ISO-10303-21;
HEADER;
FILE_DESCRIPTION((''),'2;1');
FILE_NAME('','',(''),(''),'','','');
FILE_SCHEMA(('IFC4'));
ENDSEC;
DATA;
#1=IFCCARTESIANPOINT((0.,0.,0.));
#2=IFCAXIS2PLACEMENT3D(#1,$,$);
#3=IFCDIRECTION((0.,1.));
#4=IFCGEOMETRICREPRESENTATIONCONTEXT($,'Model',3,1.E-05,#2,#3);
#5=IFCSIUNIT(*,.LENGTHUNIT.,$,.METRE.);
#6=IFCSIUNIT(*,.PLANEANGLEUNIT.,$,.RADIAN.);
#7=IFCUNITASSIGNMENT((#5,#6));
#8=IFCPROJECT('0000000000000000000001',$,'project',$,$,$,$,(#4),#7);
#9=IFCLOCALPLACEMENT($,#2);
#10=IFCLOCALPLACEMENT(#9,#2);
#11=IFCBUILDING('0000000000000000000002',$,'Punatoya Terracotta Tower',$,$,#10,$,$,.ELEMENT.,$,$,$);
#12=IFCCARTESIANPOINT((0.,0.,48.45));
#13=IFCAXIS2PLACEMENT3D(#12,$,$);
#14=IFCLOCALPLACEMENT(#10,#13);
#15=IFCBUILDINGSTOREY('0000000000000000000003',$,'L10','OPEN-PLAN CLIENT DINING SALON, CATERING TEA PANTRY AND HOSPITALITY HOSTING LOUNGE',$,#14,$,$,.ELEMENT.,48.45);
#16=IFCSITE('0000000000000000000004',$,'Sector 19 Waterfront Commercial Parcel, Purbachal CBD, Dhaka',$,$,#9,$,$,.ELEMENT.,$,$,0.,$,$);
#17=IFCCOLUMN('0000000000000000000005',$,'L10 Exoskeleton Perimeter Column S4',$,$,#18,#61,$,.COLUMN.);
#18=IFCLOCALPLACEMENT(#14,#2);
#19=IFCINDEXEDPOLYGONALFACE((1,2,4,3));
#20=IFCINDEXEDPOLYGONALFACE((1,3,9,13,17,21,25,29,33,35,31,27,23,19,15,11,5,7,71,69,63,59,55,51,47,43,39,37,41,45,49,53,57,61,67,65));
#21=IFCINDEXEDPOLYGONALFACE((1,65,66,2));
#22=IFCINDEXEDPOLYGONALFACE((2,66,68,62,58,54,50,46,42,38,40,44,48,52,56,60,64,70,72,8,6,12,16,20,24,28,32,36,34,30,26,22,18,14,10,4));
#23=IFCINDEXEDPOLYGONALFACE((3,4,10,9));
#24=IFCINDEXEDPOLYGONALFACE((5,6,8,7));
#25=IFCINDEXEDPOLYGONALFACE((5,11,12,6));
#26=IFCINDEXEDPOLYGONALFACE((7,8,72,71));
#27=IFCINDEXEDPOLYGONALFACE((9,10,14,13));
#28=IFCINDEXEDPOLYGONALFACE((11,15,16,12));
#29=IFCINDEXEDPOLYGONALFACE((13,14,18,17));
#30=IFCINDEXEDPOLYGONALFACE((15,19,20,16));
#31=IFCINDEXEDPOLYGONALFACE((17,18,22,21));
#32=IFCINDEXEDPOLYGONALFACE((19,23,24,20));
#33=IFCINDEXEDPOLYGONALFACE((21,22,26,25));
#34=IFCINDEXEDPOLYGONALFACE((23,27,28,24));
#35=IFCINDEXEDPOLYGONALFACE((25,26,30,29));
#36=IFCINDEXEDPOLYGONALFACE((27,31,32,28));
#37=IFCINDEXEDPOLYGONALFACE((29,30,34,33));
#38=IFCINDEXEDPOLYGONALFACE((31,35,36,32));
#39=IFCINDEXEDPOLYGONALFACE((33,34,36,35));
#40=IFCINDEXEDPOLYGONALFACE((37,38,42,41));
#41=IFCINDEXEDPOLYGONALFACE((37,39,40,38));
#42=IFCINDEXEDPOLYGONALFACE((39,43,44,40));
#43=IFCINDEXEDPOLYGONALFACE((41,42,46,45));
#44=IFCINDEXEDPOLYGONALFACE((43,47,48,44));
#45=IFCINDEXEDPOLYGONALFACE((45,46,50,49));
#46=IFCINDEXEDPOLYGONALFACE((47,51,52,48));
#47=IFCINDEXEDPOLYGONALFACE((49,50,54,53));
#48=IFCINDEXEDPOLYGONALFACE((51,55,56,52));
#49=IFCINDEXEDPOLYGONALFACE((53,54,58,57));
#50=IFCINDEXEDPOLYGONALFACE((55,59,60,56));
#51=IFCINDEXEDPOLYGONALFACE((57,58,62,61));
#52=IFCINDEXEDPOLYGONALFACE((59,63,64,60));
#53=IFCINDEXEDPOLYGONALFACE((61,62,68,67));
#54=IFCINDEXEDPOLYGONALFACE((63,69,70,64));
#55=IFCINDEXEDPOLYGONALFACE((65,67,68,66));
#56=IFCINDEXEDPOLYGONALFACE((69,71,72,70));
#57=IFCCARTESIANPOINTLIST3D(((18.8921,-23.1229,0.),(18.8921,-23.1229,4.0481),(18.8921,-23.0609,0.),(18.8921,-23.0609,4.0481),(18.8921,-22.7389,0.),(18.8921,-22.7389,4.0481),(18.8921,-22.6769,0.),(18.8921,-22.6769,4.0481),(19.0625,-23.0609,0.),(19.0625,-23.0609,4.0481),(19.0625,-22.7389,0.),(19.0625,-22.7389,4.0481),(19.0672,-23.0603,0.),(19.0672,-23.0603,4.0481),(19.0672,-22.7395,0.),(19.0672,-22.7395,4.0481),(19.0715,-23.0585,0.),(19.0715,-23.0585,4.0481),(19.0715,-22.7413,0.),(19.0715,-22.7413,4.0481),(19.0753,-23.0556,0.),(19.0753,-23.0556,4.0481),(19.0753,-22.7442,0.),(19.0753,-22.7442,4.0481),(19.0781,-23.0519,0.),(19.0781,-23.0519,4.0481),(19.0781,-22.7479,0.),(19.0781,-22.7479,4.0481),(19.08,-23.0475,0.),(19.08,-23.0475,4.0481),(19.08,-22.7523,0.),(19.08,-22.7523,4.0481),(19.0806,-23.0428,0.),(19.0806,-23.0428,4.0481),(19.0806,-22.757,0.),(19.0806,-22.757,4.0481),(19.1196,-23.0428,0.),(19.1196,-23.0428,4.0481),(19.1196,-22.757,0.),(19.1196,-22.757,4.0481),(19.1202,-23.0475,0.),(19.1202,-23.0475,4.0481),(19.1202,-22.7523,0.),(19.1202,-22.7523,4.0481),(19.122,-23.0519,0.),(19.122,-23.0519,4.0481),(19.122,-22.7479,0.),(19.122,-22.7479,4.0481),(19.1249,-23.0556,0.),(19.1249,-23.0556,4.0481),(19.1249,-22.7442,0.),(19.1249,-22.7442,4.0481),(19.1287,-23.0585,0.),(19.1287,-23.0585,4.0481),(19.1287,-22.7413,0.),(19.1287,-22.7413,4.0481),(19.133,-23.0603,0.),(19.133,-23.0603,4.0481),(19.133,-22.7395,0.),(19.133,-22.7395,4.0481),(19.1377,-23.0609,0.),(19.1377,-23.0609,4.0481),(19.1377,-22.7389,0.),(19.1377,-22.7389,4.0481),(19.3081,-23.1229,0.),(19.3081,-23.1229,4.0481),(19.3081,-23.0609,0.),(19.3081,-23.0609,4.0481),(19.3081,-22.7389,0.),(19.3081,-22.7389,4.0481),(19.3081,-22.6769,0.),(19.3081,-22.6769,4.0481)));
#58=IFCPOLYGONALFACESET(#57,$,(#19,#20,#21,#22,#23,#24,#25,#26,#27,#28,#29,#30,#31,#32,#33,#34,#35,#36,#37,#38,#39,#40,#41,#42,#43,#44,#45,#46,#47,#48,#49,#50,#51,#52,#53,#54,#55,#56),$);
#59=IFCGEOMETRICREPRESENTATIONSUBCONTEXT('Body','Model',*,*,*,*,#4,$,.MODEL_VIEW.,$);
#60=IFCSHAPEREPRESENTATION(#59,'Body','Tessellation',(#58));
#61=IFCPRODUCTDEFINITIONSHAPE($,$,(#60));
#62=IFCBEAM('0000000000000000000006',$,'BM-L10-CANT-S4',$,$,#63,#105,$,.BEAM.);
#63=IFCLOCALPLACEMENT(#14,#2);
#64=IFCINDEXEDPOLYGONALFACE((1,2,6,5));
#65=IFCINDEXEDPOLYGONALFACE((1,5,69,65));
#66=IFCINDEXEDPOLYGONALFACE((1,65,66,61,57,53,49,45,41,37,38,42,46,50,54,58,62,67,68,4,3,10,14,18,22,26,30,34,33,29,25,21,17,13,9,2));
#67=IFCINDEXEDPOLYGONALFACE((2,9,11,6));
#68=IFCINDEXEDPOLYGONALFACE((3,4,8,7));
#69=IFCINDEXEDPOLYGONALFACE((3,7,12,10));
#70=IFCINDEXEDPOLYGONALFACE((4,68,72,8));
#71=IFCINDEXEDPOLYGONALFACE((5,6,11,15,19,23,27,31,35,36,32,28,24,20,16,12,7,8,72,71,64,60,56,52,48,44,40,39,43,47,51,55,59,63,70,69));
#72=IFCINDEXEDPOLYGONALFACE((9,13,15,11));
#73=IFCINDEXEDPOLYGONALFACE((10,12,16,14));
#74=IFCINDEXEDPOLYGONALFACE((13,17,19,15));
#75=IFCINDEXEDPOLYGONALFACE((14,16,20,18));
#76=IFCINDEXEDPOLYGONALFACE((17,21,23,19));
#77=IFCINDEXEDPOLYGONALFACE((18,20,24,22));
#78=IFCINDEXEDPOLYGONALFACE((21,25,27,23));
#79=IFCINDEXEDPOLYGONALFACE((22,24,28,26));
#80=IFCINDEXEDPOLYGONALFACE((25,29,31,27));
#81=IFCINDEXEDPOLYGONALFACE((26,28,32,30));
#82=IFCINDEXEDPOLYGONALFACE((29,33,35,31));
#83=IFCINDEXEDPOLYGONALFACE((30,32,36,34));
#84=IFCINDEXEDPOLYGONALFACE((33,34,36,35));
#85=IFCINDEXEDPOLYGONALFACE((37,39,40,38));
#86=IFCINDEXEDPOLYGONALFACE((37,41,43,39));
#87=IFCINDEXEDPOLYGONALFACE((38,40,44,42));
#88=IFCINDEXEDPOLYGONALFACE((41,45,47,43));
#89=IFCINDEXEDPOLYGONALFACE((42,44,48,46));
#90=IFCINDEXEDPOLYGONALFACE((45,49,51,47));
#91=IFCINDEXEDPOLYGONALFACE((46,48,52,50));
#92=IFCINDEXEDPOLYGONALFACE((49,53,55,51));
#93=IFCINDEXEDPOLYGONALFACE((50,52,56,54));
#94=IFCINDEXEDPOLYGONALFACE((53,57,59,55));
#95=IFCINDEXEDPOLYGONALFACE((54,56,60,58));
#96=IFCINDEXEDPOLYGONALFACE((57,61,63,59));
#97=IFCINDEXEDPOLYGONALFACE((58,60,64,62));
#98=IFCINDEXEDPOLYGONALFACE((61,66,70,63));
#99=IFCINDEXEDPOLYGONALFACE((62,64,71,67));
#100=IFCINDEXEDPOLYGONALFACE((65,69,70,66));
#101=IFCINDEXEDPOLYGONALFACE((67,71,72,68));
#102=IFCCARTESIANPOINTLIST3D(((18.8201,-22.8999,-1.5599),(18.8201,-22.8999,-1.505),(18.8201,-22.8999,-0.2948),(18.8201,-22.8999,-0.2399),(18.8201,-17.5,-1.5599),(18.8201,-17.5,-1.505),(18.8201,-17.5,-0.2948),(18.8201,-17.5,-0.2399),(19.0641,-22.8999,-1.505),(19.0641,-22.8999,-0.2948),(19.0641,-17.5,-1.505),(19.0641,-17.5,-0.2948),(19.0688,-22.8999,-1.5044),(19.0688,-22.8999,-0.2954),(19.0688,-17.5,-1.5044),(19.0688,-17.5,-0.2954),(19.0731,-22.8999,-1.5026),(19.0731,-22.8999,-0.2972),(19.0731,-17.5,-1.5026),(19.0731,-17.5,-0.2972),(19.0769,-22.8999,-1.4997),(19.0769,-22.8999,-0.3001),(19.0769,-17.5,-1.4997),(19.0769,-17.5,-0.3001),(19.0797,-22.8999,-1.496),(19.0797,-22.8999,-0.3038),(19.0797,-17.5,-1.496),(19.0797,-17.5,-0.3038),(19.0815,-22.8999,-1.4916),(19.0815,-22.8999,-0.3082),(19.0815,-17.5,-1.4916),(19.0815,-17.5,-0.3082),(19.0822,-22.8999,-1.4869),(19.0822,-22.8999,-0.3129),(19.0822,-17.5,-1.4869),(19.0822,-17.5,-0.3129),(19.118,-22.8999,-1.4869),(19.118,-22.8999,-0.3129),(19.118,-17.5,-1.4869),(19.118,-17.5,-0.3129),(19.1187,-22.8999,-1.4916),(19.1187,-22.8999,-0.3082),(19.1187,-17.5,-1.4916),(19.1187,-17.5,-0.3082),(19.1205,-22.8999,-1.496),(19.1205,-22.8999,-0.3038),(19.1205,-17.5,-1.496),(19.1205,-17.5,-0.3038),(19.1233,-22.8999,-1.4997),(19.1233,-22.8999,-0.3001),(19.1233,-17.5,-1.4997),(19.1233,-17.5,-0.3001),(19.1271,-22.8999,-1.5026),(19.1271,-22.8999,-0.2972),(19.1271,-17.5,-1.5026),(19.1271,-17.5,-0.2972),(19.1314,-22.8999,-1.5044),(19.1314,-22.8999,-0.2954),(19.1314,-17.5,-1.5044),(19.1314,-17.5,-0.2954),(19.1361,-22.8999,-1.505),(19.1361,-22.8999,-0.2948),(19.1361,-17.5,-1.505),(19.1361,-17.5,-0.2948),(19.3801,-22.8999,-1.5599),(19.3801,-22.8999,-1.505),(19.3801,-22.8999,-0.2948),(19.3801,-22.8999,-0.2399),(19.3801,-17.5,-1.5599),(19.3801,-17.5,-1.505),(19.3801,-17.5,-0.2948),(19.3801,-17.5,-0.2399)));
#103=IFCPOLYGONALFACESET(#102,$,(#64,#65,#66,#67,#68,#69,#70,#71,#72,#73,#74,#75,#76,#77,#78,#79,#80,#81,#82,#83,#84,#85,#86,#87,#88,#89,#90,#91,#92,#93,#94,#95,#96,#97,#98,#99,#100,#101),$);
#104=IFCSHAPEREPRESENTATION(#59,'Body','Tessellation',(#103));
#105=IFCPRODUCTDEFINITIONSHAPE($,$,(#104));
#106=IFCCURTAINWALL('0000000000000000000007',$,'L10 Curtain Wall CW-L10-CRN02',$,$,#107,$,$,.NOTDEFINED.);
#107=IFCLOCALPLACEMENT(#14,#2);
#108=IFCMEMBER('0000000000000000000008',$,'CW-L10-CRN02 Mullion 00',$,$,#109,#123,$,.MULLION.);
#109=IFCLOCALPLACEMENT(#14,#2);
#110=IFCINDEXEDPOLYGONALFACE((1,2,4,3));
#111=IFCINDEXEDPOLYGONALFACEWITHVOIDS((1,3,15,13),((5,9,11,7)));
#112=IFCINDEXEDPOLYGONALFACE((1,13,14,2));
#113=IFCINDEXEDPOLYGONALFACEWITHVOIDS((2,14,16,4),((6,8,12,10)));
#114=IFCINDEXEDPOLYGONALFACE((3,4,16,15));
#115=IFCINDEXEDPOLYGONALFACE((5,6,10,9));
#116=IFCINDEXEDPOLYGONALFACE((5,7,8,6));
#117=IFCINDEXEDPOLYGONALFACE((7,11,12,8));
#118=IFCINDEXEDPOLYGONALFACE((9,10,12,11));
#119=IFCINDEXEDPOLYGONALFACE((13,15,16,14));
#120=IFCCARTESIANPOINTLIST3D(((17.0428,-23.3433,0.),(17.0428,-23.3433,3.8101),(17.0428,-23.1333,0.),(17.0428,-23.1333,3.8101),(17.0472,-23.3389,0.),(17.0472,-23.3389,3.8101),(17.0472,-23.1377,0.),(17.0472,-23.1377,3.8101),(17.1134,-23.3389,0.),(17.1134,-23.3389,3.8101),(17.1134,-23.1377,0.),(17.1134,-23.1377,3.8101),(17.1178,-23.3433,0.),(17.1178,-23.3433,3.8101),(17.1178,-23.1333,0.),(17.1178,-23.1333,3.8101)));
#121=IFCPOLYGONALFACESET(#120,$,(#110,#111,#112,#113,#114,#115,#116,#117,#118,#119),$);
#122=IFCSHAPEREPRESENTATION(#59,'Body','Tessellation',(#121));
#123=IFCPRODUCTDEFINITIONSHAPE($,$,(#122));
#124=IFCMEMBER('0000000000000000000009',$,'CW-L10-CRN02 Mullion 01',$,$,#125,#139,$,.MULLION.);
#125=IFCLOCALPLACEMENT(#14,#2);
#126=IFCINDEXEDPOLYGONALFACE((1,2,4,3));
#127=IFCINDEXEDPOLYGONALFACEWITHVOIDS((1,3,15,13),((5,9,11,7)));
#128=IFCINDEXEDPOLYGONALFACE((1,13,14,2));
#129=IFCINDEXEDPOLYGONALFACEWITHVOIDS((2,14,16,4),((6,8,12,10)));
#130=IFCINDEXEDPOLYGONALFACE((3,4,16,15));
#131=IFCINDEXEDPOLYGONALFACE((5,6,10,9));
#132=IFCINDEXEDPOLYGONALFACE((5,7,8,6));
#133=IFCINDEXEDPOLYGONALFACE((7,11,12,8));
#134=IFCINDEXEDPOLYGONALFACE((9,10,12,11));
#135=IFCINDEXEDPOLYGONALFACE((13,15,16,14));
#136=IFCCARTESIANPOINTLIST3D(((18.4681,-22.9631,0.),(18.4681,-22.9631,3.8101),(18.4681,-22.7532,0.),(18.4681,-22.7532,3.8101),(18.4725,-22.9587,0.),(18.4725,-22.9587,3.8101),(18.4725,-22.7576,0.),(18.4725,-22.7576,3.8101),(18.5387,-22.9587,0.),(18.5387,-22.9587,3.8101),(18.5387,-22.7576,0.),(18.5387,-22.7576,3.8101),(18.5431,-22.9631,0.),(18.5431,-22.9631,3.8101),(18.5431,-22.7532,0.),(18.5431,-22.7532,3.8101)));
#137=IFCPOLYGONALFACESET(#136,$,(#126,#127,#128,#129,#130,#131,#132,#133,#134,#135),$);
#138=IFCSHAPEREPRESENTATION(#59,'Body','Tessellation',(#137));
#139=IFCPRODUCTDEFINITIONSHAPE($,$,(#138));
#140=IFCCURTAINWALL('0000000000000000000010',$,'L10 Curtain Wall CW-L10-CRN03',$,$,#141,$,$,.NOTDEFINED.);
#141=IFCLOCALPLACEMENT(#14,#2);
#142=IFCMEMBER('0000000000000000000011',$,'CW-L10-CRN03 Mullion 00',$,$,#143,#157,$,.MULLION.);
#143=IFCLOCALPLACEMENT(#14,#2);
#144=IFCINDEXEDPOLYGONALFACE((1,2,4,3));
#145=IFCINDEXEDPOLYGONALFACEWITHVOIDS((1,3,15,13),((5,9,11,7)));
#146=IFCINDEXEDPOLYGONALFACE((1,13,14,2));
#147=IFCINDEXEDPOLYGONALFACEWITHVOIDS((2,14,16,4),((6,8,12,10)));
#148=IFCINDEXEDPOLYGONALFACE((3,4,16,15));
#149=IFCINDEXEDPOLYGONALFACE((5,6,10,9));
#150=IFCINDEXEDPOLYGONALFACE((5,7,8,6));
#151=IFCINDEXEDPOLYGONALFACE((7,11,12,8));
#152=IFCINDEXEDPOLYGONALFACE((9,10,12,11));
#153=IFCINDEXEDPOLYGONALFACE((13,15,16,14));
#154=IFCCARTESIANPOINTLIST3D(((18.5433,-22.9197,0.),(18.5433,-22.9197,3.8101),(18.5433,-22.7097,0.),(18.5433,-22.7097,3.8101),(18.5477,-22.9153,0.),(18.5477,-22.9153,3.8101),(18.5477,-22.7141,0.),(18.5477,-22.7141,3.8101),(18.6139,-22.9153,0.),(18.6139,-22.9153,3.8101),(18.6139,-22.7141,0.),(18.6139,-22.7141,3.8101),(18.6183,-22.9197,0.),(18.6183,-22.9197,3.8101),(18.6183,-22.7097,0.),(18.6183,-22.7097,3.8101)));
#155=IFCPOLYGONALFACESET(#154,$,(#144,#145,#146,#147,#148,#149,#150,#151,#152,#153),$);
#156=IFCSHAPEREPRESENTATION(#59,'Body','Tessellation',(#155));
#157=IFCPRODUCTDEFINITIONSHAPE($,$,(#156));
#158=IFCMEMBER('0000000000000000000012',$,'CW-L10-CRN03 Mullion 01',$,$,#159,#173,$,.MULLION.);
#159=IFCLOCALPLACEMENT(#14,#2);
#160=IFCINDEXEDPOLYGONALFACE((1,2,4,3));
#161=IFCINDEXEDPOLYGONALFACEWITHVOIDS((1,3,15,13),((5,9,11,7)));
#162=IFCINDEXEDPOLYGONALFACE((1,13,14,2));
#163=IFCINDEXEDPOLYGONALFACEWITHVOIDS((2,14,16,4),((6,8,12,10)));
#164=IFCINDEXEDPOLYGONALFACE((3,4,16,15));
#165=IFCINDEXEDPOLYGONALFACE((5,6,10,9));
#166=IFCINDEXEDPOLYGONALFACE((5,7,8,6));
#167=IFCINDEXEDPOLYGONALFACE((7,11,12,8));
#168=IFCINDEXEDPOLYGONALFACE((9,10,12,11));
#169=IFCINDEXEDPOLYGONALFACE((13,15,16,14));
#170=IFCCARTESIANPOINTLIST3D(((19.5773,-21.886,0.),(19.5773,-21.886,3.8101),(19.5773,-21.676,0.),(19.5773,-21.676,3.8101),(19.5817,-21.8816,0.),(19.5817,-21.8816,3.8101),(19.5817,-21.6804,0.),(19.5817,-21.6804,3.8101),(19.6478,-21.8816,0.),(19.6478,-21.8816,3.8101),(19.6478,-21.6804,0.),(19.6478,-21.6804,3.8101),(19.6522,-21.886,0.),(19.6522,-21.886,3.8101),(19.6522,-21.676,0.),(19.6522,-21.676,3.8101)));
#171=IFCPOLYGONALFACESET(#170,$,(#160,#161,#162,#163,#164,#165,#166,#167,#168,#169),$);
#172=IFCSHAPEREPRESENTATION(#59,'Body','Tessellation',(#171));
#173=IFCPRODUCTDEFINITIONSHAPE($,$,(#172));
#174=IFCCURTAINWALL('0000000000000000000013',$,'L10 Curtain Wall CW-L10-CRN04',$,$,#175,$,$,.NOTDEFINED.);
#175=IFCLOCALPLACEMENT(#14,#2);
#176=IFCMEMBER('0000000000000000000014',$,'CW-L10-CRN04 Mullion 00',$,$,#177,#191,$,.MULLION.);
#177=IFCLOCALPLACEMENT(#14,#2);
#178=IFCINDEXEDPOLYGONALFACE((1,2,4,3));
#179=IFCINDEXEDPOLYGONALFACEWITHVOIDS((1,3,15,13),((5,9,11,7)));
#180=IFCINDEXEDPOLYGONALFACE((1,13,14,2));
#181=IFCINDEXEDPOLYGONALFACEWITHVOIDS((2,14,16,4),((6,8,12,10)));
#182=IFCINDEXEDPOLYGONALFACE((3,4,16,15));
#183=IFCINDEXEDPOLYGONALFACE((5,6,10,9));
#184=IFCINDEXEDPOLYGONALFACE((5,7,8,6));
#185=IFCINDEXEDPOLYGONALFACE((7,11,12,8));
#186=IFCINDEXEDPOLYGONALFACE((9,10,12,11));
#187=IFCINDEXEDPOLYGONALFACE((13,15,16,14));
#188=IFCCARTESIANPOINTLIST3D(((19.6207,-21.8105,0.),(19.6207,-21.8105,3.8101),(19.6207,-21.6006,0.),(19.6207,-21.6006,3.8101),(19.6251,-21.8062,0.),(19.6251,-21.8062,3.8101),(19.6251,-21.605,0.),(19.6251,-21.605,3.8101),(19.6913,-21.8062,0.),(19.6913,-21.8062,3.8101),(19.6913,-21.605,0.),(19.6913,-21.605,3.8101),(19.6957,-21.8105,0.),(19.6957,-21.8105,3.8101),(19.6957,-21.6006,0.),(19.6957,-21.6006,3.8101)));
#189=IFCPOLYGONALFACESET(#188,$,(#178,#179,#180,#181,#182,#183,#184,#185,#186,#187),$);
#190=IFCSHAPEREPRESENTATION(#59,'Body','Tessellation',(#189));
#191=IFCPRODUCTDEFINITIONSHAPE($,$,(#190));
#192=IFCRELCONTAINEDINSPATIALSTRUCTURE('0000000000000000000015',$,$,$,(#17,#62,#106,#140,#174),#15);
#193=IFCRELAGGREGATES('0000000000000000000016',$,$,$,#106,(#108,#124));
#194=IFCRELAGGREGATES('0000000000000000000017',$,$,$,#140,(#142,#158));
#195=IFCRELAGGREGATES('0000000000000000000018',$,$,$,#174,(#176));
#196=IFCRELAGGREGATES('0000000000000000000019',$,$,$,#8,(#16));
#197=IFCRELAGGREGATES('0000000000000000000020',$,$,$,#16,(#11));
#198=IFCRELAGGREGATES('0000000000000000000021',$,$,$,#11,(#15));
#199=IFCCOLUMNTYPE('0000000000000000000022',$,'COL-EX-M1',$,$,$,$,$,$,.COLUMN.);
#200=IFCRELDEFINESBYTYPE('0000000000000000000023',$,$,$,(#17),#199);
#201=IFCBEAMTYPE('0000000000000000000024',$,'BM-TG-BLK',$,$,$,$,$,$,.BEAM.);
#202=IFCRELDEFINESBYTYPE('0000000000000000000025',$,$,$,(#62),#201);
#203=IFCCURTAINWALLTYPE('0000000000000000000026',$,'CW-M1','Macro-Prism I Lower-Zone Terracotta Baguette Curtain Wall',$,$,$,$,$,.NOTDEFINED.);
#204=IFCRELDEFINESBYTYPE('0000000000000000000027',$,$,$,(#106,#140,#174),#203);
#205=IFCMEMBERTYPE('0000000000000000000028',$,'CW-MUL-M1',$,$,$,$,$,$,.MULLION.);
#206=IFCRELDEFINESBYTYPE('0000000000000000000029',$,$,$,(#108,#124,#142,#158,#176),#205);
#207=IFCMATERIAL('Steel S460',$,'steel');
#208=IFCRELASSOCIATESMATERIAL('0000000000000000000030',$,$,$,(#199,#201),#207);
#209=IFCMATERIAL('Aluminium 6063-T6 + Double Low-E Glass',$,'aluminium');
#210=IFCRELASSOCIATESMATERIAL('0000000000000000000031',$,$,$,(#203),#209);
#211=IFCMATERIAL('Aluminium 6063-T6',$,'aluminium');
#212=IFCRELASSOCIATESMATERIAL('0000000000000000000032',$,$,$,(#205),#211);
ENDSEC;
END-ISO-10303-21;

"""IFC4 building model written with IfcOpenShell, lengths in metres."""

from ifc_helpers import new_model, si_unit, direction, frame, origin, origin_2d, place, context, subcontext, project, spatial, hollow_rectangle, i_section, extrude, material, material_profile, profile_set, type_object, element, aggregate, save


model = new_model("IFC4")

# Units and contexts
model_context = context("Model", 3, precision=1e-05, world=origin(), true_north=direction((0.0, 1.0)))
body_context = subcontext(model_context, "Body", "Model", "MODEL_VIEW")
ifc_project = project(units=[si_unit("LENGTHUNIT", "METRE"), si_unit("PLANEANGLEUNIT", "RADIAN")], contexts=[model_context])

# Site, building, storey
site_placement = place(None, origin())
site = spatial("IfcSite", under=ifc_project, at=site_placement, Name="Sector 19 Waterfront Commercial Parcel, Purbachal CBD, Dhaka", CompositionType="ELEMENT", RefElevation=0.0)
building_placement = place(site_placement, origin())
building = spatial("IfcBuilding", under=site, at=building_placement, Name="Punatoya Terracotta Tower", CompositionType="ELEMENT")
storey_placement = place(building_placement, frame((0.0, 0.0, 48.45)))
storey = spatial("IfcBuildingStorey", under=building, at=storey_placement, Name="L10", Description="OPEN-PLAN CLIENT DINING SALON, CATERING TEA PANTRY AND HOSPITALITY HOSTING LOUNGE", CompositionType="ELEMENT", Elevation=48.45)

# Column
ifc_material_1 = material(Name="Steel S460", Category="steel")
ifc_material_profile_1 = material_profile(ifc_material_1, i_section(OverallWidth=0.416, OverallDepth=0.446, WebThickness=0.0391, FlangeThickness=0.062, FilletRadius=0.0181, at=origin_2d()))
ifc_profile_set_1 = profile_set([ifc_material_profile_1], Name="Steel S460")
column_type = type_object("IfcColumnType", Name="COL-EX-M1", PredefinedType="COLUMN", material=ifc_profile_set_1)
column_placement = place(storey_placement, frame((19.1001, -22.8999, 0.0), z_axis=(0.0, 0.0, 1.0), x_axis=(1.0, 0.0, 0.0)))
element("IfcColumn", 1, at=column_placement, inside=storey, type_object=column_type, Name="L10 Exoskeleton Perimeter Column S4", PredefinedType="COLUMN", context=body_context, shape_type="SweptSolid", body=[
    extrude(i_section(OverallWidth=0.416, OverallDepth=0.446, WebThickness=0.0391, FlangeThickness=0.062, FilletRadius=0.0181, at=origin_2d()), origin(), (0.0, 0.0, 1.0), 4.0481),
])

# Beam
ifc_material_profile_2 = material_profile(ifc_material_1, i_section(OverallWidth=0.5601, OverallDepth=1.3201, WebThickness=0.0359, FlangeThickness=0.0549, FilletRadius=0.0181, at=origin_2d()))
ifc_profile_set_2 = profile_set([ifc_material_profile_2], Name="Steel S460")
beam_type = type_object("IfcBeamType", Name="BM-TG-BLK", PredefinedType="BEAM", material=ifc_profile_set_2)
beam_placement = place(storey_placement, frame((19.1001, -22.8999, -0.8999), z_axis=(0.0, 1.0, 0.0), x_axis=(-1.0, 0.0, 0.0)))
element("IfcBeam", 2, at=beam_placement, inside=storey, type_object=beam_type, Name="BM-L10-CANT-S4", PredefinedType="BEAM", context=body_context, shape_type="SweptSolid", body=[
    extrude(i_section(OverallWidth=0.5601, OverallDepth=1.3201, WebThickness=0.0359, FlangeThickness=0.0549, FilletRadius=0.0181, at=origin_2d()), origin(), (0.0, 0.0, 1.0), 5.3999),
])

# Curtain walls, members
ifc_material_2 = material(Name="Aluminium 6063-T6 + Double Low-E Glass", Category="aluminium")
curtain_wall_type = type_object("IfcCurtainWallType", Name="CW-M1", Description="Macro-Prism I Lower-Zone Terracotta Baguette Curtain Wall", PredefinedType="NOTDEFINED", material=ifc_material_2)
curtain_wall_1_placement = place(storey_placement, origin())
curtain_wall_1 = element("IfcCurtainWall", 3, at=curtain_wall_1_placement, inside=storey, type_object=curtain_wall_type, Name="L10 Curtain Wall CW-L10-CRN02", PredefinedType="NOTDEFINED")
ifc_material_3 = material(Name="Aluminium 6063-T6", Category="aluminium")
ifc_material_profile_3 = material_profile(ifc_material_3, hollow_rectangle(XDim=0.075, YDim=0.21, WallThickness=0.0044, at=origin_2d()))
ifc_profile_set_3 = profile_set([ifc_material_profile_3], Name="Aluminium 6063-T6")
member_type_1 = type_object("IfcMemberType", Name="CW-MUL-M1", PredefinedType="MULLION", material=ifc_profile_set_3)
member_1_placement = place(storey_placement, frame((17.0803, -23.2383, 0.0), z_axis=(0.0, 0.0, 1.0), x_axis=(1.0, 0.0, 0.0)))
member_1 = element("IfcMember", 4, at=member_1_placement, type_object=member_type_1, Name="CW-L10-CRN02 Mullion 00", PredefinedType="MULLION", context=body_context, shape_type="SweptSolid", body=[
    extrude(hollow_rectangle(XDim=0.075, YDim=0.21, WallThickness=0.0044, at=origin_2d()), origin(), (0.0, 0.0, 1.0), 3.8101),
])
member_2_placement = place(storey_placement, frame((18.5056, -22.8582, 0.0), z_axis=(0.0, 0.0, 1.0), x_axis=(1.0, 0.0, 0.0)))
member_2 = element("IfcMember", 5, at=member_2_placement, type_object=member_type_1, Name="CW-L10-CRN02 Mullion 01", PredefinedType="MULLION", context=body_context, shape_type="SweptSolid", body=[
    extrude(hollow_rectangle(XDim=0.075, YDim=0.21, WallThickness=0.0044, at=origin_2d()), origin(), (0.0, 0.0, 1.0), 3.8101),
])
curtain_wall_2_placement = place(storey_placement, origin())
curtain_wall_2 = element("IfcCurtainWall", 6, at=curtain_wall_2_placement, inside=storey, type_object=curtain_wall_type, Name="L10 Curtain Wall CW-L10-CRN03", PredefinedType="NOTDEFINED")
member_3_placement = place(storey_placement, frame((18.5808, -22.8147, 0.0), z_axis=(0.0, 0.0, 1.0), x_axis=(1.0, 0.0, 0.0)))
member_3 = element("IfcMember", 7, at=member_3_placement, type_object=member_type_1, Name="CW-L10-CRN03 Mullion 00", PredefinedType="MULLION", context=body_context, shape_type="SweptSolid", body=[
    extrude(hollow_rectangle(XDim=0.075, YDim=0.21, WallThickness=0.0044, at=origin_2d()), origin(), (0.0, 0.0, 1.0), 3.8101),
])
member_4_placement = place(storey_placement, frame((19.6147, -21.781, 0.0), z_axis=(0.0, 0.0, 1.0), x_axis=(1.0, 0.0, 0.0)))
member_4 = element("IfcMember", 8, at=member_4_placement, type_object=member_type_1, Name="CW-L10-CRN03 Mullion 01", PredefinedType="MULLION", context=body_context, shape_type="SweptSolid", body=[
    extrude(hollow_rectangle(XDim=0.075, YDim=0.21, WallThickness=0.0044, at=origin_2d()), origin(), (0.0, 0.0, 1.0), 3.8101),
])
curtain_wall_3_placement = place(storey_placement, origin())
curtain_wall_3 = element("IfcCurtainWall", 9, at=curtain_wall_3_placement, inside=storey, type_object=curtain_wall_type, Name="L10 Curtain Wall CW-L10-CRN04", PredefinedType="NOTDEFINED")
member_5_placement = place(storey_placement, frame((19.6582, -21.7056, 0.0), z_axis=(0.0, 0.0, 1.0), x_axis=(1.0, 0.0, 0.0)))
member_5 = element("IfcMember", 10, at=member_5_placement, type_object=member_type_1, Name="CW-L10-CRN04 Mullion 00", PredefinedType="MULLION", context=body_context, shape_type="SweptSolid", body=[
    extrude(hollow_rectangle(XDim=0.075, YDim=0.21, WallThickness=0.0044, at=origin_2d()), origin(), (0.0, 0.0, 1.0), 3.8101),
])

aggregate(curtain_wall_1, [member_1, member_2])
aggregate(curtain_wall_2, [member_3, member_4])
aggregate(curtain_wall_3, [member_5])

save(model, "model.ifc")
